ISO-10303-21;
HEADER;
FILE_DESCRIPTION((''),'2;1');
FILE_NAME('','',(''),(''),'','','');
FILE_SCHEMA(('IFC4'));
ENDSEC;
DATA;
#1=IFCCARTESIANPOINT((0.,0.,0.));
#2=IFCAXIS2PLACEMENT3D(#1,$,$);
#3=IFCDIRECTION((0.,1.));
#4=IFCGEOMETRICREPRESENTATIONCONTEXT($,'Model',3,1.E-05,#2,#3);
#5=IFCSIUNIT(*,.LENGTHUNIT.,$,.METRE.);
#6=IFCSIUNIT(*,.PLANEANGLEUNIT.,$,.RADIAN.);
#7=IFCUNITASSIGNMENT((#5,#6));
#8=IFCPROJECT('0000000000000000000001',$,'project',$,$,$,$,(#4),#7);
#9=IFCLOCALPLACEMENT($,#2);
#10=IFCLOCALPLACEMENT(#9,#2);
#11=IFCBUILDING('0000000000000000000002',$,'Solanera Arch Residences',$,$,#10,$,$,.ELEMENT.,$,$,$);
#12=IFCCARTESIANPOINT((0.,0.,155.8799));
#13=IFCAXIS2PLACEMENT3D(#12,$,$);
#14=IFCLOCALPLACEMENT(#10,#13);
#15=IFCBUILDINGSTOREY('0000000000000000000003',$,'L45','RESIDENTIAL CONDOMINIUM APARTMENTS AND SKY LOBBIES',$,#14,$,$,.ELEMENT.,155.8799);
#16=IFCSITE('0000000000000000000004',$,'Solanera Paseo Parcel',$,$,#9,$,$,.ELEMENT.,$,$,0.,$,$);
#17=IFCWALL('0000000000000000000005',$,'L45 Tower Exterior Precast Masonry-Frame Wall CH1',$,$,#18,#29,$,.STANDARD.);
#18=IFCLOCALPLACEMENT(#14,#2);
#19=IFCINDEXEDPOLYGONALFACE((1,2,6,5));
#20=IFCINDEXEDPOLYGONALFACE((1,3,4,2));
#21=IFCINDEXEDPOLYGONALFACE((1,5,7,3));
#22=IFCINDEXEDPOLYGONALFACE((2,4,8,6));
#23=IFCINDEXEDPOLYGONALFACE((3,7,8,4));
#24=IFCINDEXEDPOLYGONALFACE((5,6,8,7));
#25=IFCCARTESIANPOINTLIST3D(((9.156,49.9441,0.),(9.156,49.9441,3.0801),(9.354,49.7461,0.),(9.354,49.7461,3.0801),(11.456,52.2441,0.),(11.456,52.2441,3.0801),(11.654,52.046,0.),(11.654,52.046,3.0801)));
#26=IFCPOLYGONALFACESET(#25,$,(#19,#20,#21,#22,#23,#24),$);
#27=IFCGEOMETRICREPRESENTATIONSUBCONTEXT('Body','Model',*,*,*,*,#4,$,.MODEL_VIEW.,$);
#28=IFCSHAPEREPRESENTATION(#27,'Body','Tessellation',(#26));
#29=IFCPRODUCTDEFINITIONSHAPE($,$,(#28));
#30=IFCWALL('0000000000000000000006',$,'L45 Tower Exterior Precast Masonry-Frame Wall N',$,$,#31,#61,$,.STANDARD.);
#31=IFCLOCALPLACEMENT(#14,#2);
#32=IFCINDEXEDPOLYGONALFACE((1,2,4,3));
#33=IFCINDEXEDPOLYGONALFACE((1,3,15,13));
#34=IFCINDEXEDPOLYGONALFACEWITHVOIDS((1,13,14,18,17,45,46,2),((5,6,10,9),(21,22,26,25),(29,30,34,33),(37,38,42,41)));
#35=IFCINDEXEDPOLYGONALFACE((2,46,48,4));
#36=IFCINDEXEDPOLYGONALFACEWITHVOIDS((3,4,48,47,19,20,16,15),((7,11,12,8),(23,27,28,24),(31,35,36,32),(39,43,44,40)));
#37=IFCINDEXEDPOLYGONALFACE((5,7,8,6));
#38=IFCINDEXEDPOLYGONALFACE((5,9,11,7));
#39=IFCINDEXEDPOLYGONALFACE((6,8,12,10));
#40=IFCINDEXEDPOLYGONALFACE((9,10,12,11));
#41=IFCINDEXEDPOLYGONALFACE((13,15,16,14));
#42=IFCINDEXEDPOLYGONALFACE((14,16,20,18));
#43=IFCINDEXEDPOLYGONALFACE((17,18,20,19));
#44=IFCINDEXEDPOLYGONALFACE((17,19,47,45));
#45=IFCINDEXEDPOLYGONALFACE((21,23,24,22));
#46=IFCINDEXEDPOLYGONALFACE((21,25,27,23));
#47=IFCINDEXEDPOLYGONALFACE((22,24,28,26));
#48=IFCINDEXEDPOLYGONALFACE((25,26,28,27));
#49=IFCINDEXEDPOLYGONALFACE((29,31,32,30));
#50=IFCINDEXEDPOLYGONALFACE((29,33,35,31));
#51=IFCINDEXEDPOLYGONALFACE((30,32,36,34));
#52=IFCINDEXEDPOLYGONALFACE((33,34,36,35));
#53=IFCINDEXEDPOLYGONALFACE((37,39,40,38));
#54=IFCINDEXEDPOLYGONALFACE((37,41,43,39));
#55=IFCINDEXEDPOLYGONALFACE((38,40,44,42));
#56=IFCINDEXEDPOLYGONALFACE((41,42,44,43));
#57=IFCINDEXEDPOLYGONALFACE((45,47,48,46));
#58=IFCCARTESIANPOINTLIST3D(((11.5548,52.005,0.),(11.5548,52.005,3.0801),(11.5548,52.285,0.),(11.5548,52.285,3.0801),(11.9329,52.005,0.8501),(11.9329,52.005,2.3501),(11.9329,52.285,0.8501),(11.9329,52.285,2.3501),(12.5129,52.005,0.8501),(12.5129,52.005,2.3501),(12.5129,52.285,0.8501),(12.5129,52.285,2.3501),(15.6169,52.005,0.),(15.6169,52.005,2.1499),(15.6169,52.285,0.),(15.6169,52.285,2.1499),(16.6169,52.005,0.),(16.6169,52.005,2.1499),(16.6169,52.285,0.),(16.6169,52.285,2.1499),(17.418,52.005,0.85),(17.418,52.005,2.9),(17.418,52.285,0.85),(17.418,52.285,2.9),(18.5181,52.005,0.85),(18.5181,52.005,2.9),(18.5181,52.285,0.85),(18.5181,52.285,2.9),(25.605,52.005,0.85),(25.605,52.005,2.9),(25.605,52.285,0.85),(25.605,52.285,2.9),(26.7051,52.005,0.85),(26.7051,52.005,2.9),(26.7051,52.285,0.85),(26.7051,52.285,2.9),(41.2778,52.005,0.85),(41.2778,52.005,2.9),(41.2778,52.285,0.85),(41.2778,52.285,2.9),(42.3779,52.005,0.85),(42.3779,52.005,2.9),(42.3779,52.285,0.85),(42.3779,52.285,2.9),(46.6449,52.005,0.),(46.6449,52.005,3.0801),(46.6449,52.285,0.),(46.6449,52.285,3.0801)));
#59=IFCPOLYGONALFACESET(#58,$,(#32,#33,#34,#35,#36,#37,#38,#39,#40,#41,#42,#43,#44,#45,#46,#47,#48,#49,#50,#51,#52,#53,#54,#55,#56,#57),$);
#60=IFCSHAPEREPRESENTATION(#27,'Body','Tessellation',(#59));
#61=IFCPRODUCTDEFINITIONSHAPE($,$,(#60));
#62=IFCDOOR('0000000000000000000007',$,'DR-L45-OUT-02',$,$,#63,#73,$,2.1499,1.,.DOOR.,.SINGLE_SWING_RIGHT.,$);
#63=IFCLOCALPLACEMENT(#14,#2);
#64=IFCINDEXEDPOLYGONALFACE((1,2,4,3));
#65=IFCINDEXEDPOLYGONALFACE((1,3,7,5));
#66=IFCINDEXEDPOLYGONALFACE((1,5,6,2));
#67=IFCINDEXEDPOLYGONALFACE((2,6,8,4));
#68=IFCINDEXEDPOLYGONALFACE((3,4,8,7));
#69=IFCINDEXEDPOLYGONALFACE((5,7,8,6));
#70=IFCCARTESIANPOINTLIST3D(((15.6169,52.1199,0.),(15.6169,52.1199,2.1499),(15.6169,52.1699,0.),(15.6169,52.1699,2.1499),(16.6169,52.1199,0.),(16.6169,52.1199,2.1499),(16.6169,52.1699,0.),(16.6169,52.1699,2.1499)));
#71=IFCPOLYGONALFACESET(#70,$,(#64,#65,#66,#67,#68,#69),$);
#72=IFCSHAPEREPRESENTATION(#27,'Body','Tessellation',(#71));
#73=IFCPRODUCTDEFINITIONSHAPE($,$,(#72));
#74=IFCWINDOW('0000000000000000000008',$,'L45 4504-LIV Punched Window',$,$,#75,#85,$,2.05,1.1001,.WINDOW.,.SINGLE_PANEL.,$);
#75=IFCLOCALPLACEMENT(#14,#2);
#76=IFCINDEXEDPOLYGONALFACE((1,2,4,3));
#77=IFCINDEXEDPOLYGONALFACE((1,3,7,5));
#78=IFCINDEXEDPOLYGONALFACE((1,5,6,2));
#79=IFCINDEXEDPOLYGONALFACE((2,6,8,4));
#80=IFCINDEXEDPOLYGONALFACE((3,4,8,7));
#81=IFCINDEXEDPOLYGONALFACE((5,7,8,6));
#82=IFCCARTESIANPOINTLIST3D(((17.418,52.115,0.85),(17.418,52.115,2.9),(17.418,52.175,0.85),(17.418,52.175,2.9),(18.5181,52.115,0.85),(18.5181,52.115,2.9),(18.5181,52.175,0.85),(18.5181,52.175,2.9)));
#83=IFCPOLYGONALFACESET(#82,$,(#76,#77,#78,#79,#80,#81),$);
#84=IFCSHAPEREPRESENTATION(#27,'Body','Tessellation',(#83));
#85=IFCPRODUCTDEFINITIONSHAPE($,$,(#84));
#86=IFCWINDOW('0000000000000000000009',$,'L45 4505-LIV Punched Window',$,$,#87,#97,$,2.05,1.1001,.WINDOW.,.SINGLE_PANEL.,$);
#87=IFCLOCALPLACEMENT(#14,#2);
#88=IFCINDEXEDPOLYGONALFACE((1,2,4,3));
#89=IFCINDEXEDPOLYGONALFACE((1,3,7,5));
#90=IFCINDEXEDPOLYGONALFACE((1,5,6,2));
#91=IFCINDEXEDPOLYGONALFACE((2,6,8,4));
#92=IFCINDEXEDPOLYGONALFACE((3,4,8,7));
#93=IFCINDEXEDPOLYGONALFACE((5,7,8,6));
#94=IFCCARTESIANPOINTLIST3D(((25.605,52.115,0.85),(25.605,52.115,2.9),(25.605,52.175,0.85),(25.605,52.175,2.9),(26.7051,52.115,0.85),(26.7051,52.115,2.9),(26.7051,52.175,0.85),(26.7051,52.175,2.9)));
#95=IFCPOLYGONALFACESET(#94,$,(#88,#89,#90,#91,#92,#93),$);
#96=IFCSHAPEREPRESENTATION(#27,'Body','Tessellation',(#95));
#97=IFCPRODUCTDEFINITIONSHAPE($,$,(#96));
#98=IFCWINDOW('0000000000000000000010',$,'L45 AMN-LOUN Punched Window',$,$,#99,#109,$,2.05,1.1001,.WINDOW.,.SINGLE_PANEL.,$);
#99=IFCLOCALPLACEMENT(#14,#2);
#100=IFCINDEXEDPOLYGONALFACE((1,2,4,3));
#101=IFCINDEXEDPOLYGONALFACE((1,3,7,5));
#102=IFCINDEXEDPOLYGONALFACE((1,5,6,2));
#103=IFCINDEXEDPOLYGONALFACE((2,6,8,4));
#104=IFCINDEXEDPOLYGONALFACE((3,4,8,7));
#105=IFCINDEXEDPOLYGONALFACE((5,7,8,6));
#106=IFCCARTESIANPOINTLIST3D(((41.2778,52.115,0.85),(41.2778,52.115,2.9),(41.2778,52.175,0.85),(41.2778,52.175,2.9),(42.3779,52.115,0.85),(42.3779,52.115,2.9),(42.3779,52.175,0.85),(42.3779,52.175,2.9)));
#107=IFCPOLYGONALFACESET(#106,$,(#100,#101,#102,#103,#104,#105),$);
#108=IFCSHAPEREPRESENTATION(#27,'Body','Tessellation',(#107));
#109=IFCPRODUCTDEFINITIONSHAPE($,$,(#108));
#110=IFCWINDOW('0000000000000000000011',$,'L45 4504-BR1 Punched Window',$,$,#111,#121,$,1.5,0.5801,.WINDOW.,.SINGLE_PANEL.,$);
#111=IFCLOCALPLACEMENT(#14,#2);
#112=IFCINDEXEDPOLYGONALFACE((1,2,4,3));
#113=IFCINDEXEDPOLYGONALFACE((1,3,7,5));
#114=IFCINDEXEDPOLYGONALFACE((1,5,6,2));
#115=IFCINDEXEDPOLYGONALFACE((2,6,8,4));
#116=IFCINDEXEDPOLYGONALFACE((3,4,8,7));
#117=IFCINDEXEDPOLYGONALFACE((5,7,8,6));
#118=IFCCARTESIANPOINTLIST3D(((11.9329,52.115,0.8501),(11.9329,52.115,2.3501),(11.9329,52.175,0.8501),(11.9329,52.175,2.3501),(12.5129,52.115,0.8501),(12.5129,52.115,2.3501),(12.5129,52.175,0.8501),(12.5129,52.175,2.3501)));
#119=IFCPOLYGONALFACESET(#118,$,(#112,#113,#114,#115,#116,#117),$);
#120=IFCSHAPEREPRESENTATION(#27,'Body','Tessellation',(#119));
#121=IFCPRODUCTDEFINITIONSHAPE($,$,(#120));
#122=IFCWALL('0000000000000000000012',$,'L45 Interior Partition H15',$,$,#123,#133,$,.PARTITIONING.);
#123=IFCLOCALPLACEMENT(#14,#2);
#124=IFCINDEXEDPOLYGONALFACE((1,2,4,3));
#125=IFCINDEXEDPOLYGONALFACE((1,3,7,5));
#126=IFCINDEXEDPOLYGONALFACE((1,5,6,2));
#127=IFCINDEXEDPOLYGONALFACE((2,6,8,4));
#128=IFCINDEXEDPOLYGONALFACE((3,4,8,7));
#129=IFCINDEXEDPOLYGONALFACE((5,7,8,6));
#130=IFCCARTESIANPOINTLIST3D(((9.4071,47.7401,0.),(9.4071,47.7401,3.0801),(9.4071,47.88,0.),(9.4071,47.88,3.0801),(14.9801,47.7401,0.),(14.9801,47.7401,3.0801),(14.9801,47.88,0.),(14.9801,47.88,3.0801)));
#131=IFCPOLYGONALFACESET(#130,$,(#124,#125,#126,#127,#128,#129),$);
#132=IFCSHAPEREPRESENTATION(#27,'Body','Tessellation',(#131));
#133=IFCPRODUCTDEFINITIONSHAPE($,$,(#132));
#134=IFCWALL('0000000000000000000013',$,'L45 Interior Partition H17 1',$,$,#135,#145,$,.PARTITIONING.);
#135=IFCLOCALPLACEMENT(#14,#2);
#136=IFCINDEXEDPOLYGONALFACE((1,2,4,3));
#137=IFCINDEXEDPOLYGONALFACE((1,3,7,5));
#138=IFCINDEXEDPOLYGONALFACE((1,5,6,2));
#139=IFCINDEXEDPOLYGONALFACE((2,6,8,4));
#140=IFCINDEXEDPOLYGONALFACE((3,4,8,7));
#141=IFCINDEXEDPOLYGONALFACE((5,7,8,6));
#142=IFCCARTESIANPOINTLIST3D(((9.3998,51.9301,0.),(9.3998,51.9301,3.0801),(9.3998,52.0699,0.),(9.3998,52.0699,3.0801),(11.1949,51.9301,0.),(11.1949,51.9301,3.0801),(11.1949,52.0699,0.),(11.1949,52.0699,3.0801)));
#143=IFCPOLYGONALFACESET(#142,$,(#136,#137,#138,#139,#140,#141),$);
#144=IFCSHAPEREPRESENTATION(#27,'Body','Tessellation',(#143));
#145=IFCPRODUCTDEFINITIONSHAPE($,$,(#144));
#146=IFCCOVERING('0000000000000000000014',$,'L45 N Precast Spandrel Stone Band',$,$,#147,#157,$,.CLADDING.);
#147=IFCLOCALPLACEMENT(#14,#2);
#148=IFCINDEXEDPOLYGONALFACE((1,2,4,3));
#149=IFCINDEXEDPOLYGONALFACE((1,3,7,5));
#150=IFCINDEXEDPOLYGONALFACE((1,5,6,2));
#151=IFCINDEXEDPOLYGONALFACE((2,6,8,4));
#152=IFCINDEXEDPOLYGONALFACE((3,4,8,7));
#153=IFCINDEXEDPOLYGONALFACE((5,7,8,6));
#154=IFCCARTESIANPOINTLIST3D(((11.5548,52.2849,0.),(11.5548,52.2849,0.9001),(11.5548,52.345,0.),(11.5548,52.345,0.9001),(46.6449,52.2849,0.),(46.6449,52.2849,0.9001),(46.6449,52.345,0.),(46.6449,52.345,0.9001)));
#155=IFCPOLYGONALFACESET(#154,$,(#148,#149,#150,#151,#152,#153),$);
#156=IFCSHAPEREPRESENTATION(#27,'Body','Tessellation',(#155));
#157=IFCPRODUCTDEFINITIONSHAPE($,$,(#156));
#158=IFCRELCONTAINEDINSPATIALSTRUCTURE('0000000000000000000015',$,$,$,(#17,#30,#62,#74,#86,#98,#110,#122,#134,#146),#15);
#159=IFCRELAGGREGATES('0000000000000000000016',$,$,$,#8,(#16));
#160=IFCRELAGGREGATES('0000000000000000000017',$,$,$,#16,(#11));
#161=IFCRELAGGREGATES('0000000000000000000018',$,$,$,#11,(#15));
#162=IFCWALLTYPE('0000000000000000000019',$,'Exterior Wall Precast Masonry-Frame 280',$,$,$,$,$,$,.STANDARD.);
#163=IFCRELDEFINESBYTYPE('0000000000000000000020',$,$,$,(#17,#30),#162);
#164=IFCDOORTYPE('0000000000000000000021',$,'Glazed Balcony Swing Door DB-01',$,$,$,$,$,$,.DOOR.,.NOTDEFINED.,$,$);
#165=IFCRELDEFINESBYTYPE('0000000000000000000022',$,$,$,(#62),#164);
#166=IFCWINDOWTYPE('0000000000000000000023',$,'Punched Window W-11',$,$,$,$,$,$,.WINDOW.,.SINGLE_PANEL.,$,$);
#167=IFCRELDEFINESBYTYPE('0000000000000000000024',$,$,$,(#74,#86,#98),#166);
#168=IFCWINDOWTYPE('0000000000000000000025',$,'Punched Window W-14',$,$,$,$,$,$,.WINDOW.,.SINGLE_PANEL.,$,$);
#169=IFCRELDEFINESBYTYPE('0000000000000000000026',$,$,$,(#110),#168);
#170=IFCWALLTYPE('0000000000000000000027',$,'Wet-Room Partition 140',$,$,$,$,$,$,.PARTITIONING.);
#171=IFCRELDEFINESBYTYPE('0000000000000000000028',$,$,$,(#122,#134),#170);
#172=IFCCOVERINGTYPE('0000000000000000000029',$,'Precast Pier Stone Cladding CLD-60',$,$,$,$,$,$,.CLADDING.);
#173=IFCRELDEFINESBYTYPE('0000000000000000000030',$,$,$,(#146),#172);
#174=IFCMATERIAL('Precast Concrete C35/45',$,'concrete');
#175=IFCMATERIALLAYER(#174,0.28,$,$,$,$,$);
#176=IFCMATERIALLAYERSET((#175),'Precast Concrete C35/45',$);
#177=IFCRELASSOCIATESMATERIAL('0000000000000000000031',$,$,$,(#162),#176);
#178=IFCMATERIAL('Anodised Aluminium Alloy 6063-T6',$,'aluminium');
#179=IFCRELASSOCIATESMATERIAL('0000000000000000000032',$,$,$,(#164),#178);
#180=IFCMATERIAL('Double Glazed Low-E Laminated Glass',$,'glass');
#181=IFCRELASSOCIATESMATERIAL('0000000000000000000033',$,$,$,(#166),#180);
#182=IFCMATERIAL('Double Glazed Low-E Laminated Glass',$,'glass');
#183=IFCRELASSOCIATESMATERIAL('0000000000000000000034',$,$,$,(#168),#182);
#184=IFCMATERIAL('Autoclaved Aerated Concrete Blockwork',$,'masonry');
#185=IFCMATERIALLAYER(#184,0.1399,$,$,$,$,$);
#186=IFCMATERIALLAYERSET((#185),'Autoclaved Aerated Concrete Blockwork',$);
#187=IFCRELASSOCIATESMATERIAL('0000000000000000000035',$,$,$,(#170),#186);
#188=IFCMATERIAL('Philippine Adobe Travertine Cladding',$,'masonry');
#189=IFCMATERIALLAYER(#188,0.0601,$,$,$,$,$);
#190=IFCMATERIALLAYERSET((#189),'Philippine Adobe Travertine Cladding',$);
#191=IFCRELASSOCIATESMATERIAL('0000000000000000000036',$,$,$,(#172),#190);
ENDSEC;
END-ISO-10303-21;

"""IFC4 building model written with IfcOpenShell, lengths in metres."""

from ifc_helpers import new_model, si_unit, direction, frame, frame_2d, origin, place, context, subcontext, project, spatial, rectangle, extrude, material, layer, layer_set, type_object, element, fill, save


model = new_model("IFC4")

# Units and contexts
model_context = context("Model", 3, precision=1e-05, world=origin(), true_north=direction((0.0, 1.0)))
body_context = subcontext(model_context, "Body", "Model", "MODEL_VIEW")
ifc_project = project(units=[si_unit("LENGTHUNIT", "METRE"), si_unit("PLANEANGLEUNIT", "RADIAN")], contexts=[model_context])

# Site, building, storey
site_placement = place(None, origin())
site = spatial("IfcSite", under=ifc_project, at=site_placement, Name="Solanera Paseo Parcel", CompositionType="ELEMENT", RefElevation=0.0)
building_placement = place(site_placement, origin())
building = spatial("IfcBuilding", under=site, at=building_placement, Name="Solanera Arch Residences", CompositionType="ELEMENT")
storey_placement = place(building_placement, frame((0.0, 0.0, 155.8799)))
storey = spatial("IfcBuildingStorey", under=building, at=storey_placement, Name="L45", Description="RESIDENTIAL CONDOMINIUM APARTMENTS AND SKY LOBBIES", CompositionType="ELEMENT", Elevation=155.8799)

# Wall
ifc_material_1 = material(Name="Precast Concrete C35/45", Category="concrete")
ifc_layer_1 = layer(ifc_material_1, 0.28)
ifc_layer_set_1 = layer_set([ifc_layer_1], Name="Precast Concrete C35/45")
wall_type_1 = type_object("IfcWallType", Name="Exterior Wall Precast Masonry-Frame 280", PredefinedType="STANDARD", material=ifc_layer_set_1)
wall_1_placement = place(storey_placement, frame((9.2549, 49.845, 0.0), z_axis=(0.0, 0.0, 1.0), x_axis=(0.707107, 0.707107, 0.0)))
element("IfcWall", 1, at=wall_1_placement, inside=storey, type_object=wall_type_1, Name="L45 Tower Exterior Precast Masonry-Frame Wall CH1", PredefinedType="STANDARD", context=body_context, shape_type="SweptSolid", body=[
    extrude(rectangle(XDim=3.2527, YDim=0.28, at=frame_2d((1.6265, 0.0))), origin(), (0.0, 0.0, 1.0), 3.0801),
])

# Wall, openings, door, windows
wall_2_placement = place(storey_placement, frame((11.5549, 52.145, 0.0), z_axis=(0.0, 0.0, 1.0), x_axis=(1.0, 0.0, 0.0)))
wall_2 = element("IfcWall", 2, at=wall_2_placement, inside=storey, type_object=wall_type_1, Name="L45 Tower Exterior Precast Masonry-Frame Wall N", PredefinedType="STANDARD", context=body_context, shape_type="SweptSolid", body=[
    extrude(rectangle(XDim=35.0901, YDim=0.28, at=frame_2d((17.5449, 0.0))), origin(), (0.0, 0.0, 1.0), 3.0801),
])
opening_1_placement = place(wall_2_placement, frame((4.062, 0.0, 0.0)))
opening_1 = element("IfcOpeningElement", 3, at=opening_1_placement, cuts=wall_2, PredefinedType="OPENING", context=body_context, shape_type="SweptSolid", body=[
    extrude(rectangle(XDim=1.0, YDim=2.1499, at=frame_2d((0.5, 1.075))), frame((0.0, 0.1499, 0.0), z_axis=(0.0, -1.0, 0.0), x_axis=(1.0, 0.0, 0.0)), (0.0, 0.0, 1.0), 0.3),
])
opening_2_placement = place(wall_2_placement, frame((5.863, 0.0, 0.8501)))
opening_2 = element("IfcOpeningElement", 4, at=opening_2_placement, cuts=wall_2, PredefinedType="OPENING", context=body_context, shape_type="SweptSolid", body=[
    extrude(rectangle(XDim=1.1001, YDim=2.05, at=frame_2d((0.55, 1.0249))), frame((0.0, 0.1499, 0.0), z_axis=(0.0, -1.0, 0.0), x_axis=(1.0, 0.0, 0.0)), (0.0, 0.0, 1.0), 0.3),
])
opening_3_placement = place(wall_2_placement, frame((0.3779, 0.0, 0.8501)))
opening_3 = element("IfcOpeningElement", 5, at=opening_3_placement, cuts=wall_2, PredefinedType="OPENING", context=body_context, shape_type="SweptSolid", body=[
    extrude(rectangle(XDim=0.5801, YDim=1.5, at=frame_2d((0.29, 0.75))), frame((0.0, 0.1499, 0.0), z_axis=(0.0, -1.0, 0.0), x_axis=(1.0, 0.0, 0.0)), (0.0, 0.0, 1.0), 0.3),
])
opening_4_placement = place(wall_2_placement, frame((14.05, 0.0, 0.8501)))
opening_4 = element("IfcOpeningElement", 6, at=opening_4_placement, cuts=wall_2, PredefinedType="OPENING", context=body_context, shape_type="SweptSolid", body=[
    extrude(rectangle(XDim=1.1001, YDim=2.05, at=frame_2d((0.55, 1.0249))), frame((0.0, 0.1499, 0.0), z_axis=(0.0, -1.0, 0.0), x_axis=(1.0, 0.0, 0.0)), (0.0, 0.0, 1.0), 0.3),
])
opening_5_placement = place(wall_2_placement, frame((29.7229, 0.0, 0.8501)))
opening_5 = element("IfcOpeningElement", 7, at=opening_5_placement, cuts=wall_2, PredefinedType="OPENING", context=body_context, shape_type="SweptSolid", body=[
    extrude(rectangle(XDim=1.1001, YDim=2.05, at=frame_2d((0.55, 1.0249))), frame((0.0, 0.1499, 0.0), z_axis=(0.0, -1.0, 0.0), x_axis=(1.0, 0.0, 0.0)), (0.0, 0.0, 1.0), 0.3),
])
ifc_material_2 = material(Name="Anodised Aluminium Alloy 6063-T6", Category="aluminium")
door_type_1 = type_object("IfcDoorType", Name="Glazed Balcony Swing Door DB-01", OperationType="NOTDEFINED", PredefinedType="DOOR", material=ifc_material_2)
door_1_placement = place(opening_1_placement, origin())
door_1 = element("IfcDoor", 8, at=door_1_placement, inside=storey, type_object=door_type_1, Name="DR-L45-OUT-02", OperationType="SINGLE_SWING_RIGHT", OverallHeight=2.1499, OverallWidth=1.0, PredefinedType="DOOR", context=body_context, shape_type="SweptSolid", body=[
    extrude(rectangle(XDim=1.0, YDim=2.1499, at=frame_2d((0.5, 1.075))), frame((0.0, 0.0249, 0.0), z_axis=(0.0, -1.0, 0.0), x_axis=(1.0, 0.0, 0.0)), (0.0, 0.0, 1.0), 0.05),
])
fill(opening_1, door_1)
ifc_material_3 = material(Name="Double Glazed Low-E Laminated Glass", Category="glass")
window_type_1 = type_object("IfcWindowType", Name="Punched Window W-11", PartitioningType="SINGLE_PANEL", PredefinedType="WINDOW", material=ifc_material_3)
window_1_placement = place(opening_2_placement, origin())
window_1 = element("IfcWindow", 9, at=window_1_placement, inside=storey, type_object=window_type_1, Name="L45 4504-LIV Punched Window", OverallHeight=2.05, OverallWidth=1.1001, PartitioningType="SINGLE_PANEL", PredefinedType="WINDOW", context=body_context, shape_type="SweptSolid", body=[
    extrude(rectangle(XDim=1.1001, YDim=2.05, at=frame_2d((0.55, 1.0249))), frame((0.0, 0.03, 0.0), z_axis=(0.0, -1.0, 0.0), x_axis=(1.0, 0.0, 0.0)), (0.0, 0.0, 1.0), 0.0601),
])
fill(opening_2, window_1)
window_2_placement = place(opening_4_placement, origin())
window_2 = element("IfcWindow", 10, at=window_2_placement, inside=storey, type_object=window_type_1, Name="L45 4505-LIV Punched Window", OverallHeight=2.05, OverallWidth=1.1001, PartitioningType="SINGLE_PANEL", PredefinedType="WINDOW", context=body_context, shape_type="SweptSolid", body=[
    extrude(rectangle(XDim=1.1001, YDim=2.05, at=frame_2d((0.55, 1.0249))), frame((0.0, 0.03, 0.0), z_axis=(0.0, -1.0, 0.0), x_axis=(1.0, 0.0, 0.0)), (0.0, 0.0, 1.0), 0.0601),
])
fill(opening_4, window_2)
window_3_placement = place(opening_5_placement, origin())
window_3 = element("IfcWindow", 11, at=window_3_placement, inside=storey, type_object=window_type_1, Name="L45 AMN-LOUN Punched Window", OverallHeight=2.05, OverallWidth=1.1001, PartitioningType="SINGLE_PANEL", PredefinedType="WINDOW", context=body_context, shape_type="SweptSolid", body=[
    extrude(rectangle(XDim=1.1001, YDim=2.05, at=frame_2d((0.55, 1.0249))), frame((0.0, 0.03, 0.0), z_axis=(0.0, -1.0, 0.0), x_axis=(1.0, 0.0, 0.0)), (0.0, 0.0, 1.0), 0.0601),
])
fill(opening_5, window_3)
ifc_material_4 = material(Name="Double Glazed Low-E Laminated Glass", Category="glass")
window_type_2 = type_object("IfcWindowType", Name="Punched Window W-14", PartitioningType="SINGLE_PANEL", PredefinedType="WINDOW", material=ifc_material_4)
window_4_placement = place(opening_3_placement, origin())
window_4 = element("IfcWindow", 12, at=window_4_placement, inside=storey, type_object=window_type_2, Name="L45 4504-BR1 Punched Window", OverallHeight=1.5, OverallWidth=0.5801, PartitioningType="SINGLE_PANEL", PredefinedType="WINDOW", context=body_context, shape_type="SweptSolid", body=[
    extrude(rectangle(XDim=0.5801, YDim=1.5, at=frame_2d((0.29, 0.75))), frame((0.0, 0.03, 0.0), z_axis=(0.0, -1.0, 0.0), x_axis=(1.0, 0.0, 0.0)), (0.0, 0.0, 1.0), 0.0601),
])
fill(opening_3, window_4)

# Walls
ifc_material_5 = material(Name="Autoclaved Aerated Concrete Blockwork", Category="masonry")
ifc_layer_2 = layer(ifc_material_5, 0.1399)
ifc_layer_set_2 = layer_set([ifc_layer_2], Name="Autoclaved Aerated Concrete Blockwork")
wall_type_2 = type_object("IfcWallType", Name="Wet-Room Partition 140", PredefinedType="PARTITIONING", material=ifc_layer_set_2)
wall_3_placement = place(storey_placement, frame((9.407, 47.8101, 0.0), z_axis=(0.0, 0.0, 1.0), x_axis=(1.0, 0.0, 0.0)))
element("IfcWall", 13, at=wall_3_placement, inside=storey, type_object=wall_type_2, Name="L45 Interior Partition H15", PredefinedType="PARTITIONING", context=body_context, shape_type="SweptSolid", body=[
    extrude(rectangle(XDim=5.573, YDim=0.1399, at=frame_2d((2.7866, 0.0))), origin(), (0.0, 0.0, 1.0), 3.0801),
])
wall_4_placement = place(storey_placement, frame((9.3999, 52.0, 0.0), z_axis=(0.0, 0.0, 1.0), x_axis=(1.0, 0.0, 0.0)))
element("IfcWall", 14, at=wall_4_placement, inside=storey, type_object=wall_type_2, Name="L45 Interior Partition H17 1", PredefinedType="PARTITIONING", context=body_context, shape_type="SweptSolid", body=[
    extrude(rectangle(XDim=1.7952, YDim=0.1399, at=frame_2d((0.8975, 0.0))), origin(), (0.0, 0.0, 1.0), 3.0801),
])

# Covering
ifc_material_6 = material(Name="Philippine Adobe Travertine Cladding", Category="masonry")
ifc_layer_3 = layer(ifc_material_6, 0.0601)
ifc_layer_set_3 = layer_set([ifc_layer_3], Name="Philippine Adobe Travertine Cladding")
covering_type = type_object("IfcCoveringType", Name="Precast Pier Stone Cladding CLD-60", PredefinedType="CLADDING", material=ifc_layer_set_3)
covering_placement = place(storey_placement, frame((11.5549, 52.3149, 0.0), z_axis=(0.0, 0.0, 1.0), x_axis=(1.0, 0.0, 0.0)))
element("IfcCovering", 15, at=covering_placement, inside=storey, type_object=covering_type, Name="L45 N Precast Spandrel Stone Band", PredefinedType="CLADDING", context=body_context, shape_type="SweptSolid", body=[
    extrude(rectangle(XDim=35.0901, YDim=0.0601, at=frame_2d((17.5449, 0.0))), origin(), (0.0, 0.0, 1.0), 0.9001),
])

save(model, "model.ifc")
